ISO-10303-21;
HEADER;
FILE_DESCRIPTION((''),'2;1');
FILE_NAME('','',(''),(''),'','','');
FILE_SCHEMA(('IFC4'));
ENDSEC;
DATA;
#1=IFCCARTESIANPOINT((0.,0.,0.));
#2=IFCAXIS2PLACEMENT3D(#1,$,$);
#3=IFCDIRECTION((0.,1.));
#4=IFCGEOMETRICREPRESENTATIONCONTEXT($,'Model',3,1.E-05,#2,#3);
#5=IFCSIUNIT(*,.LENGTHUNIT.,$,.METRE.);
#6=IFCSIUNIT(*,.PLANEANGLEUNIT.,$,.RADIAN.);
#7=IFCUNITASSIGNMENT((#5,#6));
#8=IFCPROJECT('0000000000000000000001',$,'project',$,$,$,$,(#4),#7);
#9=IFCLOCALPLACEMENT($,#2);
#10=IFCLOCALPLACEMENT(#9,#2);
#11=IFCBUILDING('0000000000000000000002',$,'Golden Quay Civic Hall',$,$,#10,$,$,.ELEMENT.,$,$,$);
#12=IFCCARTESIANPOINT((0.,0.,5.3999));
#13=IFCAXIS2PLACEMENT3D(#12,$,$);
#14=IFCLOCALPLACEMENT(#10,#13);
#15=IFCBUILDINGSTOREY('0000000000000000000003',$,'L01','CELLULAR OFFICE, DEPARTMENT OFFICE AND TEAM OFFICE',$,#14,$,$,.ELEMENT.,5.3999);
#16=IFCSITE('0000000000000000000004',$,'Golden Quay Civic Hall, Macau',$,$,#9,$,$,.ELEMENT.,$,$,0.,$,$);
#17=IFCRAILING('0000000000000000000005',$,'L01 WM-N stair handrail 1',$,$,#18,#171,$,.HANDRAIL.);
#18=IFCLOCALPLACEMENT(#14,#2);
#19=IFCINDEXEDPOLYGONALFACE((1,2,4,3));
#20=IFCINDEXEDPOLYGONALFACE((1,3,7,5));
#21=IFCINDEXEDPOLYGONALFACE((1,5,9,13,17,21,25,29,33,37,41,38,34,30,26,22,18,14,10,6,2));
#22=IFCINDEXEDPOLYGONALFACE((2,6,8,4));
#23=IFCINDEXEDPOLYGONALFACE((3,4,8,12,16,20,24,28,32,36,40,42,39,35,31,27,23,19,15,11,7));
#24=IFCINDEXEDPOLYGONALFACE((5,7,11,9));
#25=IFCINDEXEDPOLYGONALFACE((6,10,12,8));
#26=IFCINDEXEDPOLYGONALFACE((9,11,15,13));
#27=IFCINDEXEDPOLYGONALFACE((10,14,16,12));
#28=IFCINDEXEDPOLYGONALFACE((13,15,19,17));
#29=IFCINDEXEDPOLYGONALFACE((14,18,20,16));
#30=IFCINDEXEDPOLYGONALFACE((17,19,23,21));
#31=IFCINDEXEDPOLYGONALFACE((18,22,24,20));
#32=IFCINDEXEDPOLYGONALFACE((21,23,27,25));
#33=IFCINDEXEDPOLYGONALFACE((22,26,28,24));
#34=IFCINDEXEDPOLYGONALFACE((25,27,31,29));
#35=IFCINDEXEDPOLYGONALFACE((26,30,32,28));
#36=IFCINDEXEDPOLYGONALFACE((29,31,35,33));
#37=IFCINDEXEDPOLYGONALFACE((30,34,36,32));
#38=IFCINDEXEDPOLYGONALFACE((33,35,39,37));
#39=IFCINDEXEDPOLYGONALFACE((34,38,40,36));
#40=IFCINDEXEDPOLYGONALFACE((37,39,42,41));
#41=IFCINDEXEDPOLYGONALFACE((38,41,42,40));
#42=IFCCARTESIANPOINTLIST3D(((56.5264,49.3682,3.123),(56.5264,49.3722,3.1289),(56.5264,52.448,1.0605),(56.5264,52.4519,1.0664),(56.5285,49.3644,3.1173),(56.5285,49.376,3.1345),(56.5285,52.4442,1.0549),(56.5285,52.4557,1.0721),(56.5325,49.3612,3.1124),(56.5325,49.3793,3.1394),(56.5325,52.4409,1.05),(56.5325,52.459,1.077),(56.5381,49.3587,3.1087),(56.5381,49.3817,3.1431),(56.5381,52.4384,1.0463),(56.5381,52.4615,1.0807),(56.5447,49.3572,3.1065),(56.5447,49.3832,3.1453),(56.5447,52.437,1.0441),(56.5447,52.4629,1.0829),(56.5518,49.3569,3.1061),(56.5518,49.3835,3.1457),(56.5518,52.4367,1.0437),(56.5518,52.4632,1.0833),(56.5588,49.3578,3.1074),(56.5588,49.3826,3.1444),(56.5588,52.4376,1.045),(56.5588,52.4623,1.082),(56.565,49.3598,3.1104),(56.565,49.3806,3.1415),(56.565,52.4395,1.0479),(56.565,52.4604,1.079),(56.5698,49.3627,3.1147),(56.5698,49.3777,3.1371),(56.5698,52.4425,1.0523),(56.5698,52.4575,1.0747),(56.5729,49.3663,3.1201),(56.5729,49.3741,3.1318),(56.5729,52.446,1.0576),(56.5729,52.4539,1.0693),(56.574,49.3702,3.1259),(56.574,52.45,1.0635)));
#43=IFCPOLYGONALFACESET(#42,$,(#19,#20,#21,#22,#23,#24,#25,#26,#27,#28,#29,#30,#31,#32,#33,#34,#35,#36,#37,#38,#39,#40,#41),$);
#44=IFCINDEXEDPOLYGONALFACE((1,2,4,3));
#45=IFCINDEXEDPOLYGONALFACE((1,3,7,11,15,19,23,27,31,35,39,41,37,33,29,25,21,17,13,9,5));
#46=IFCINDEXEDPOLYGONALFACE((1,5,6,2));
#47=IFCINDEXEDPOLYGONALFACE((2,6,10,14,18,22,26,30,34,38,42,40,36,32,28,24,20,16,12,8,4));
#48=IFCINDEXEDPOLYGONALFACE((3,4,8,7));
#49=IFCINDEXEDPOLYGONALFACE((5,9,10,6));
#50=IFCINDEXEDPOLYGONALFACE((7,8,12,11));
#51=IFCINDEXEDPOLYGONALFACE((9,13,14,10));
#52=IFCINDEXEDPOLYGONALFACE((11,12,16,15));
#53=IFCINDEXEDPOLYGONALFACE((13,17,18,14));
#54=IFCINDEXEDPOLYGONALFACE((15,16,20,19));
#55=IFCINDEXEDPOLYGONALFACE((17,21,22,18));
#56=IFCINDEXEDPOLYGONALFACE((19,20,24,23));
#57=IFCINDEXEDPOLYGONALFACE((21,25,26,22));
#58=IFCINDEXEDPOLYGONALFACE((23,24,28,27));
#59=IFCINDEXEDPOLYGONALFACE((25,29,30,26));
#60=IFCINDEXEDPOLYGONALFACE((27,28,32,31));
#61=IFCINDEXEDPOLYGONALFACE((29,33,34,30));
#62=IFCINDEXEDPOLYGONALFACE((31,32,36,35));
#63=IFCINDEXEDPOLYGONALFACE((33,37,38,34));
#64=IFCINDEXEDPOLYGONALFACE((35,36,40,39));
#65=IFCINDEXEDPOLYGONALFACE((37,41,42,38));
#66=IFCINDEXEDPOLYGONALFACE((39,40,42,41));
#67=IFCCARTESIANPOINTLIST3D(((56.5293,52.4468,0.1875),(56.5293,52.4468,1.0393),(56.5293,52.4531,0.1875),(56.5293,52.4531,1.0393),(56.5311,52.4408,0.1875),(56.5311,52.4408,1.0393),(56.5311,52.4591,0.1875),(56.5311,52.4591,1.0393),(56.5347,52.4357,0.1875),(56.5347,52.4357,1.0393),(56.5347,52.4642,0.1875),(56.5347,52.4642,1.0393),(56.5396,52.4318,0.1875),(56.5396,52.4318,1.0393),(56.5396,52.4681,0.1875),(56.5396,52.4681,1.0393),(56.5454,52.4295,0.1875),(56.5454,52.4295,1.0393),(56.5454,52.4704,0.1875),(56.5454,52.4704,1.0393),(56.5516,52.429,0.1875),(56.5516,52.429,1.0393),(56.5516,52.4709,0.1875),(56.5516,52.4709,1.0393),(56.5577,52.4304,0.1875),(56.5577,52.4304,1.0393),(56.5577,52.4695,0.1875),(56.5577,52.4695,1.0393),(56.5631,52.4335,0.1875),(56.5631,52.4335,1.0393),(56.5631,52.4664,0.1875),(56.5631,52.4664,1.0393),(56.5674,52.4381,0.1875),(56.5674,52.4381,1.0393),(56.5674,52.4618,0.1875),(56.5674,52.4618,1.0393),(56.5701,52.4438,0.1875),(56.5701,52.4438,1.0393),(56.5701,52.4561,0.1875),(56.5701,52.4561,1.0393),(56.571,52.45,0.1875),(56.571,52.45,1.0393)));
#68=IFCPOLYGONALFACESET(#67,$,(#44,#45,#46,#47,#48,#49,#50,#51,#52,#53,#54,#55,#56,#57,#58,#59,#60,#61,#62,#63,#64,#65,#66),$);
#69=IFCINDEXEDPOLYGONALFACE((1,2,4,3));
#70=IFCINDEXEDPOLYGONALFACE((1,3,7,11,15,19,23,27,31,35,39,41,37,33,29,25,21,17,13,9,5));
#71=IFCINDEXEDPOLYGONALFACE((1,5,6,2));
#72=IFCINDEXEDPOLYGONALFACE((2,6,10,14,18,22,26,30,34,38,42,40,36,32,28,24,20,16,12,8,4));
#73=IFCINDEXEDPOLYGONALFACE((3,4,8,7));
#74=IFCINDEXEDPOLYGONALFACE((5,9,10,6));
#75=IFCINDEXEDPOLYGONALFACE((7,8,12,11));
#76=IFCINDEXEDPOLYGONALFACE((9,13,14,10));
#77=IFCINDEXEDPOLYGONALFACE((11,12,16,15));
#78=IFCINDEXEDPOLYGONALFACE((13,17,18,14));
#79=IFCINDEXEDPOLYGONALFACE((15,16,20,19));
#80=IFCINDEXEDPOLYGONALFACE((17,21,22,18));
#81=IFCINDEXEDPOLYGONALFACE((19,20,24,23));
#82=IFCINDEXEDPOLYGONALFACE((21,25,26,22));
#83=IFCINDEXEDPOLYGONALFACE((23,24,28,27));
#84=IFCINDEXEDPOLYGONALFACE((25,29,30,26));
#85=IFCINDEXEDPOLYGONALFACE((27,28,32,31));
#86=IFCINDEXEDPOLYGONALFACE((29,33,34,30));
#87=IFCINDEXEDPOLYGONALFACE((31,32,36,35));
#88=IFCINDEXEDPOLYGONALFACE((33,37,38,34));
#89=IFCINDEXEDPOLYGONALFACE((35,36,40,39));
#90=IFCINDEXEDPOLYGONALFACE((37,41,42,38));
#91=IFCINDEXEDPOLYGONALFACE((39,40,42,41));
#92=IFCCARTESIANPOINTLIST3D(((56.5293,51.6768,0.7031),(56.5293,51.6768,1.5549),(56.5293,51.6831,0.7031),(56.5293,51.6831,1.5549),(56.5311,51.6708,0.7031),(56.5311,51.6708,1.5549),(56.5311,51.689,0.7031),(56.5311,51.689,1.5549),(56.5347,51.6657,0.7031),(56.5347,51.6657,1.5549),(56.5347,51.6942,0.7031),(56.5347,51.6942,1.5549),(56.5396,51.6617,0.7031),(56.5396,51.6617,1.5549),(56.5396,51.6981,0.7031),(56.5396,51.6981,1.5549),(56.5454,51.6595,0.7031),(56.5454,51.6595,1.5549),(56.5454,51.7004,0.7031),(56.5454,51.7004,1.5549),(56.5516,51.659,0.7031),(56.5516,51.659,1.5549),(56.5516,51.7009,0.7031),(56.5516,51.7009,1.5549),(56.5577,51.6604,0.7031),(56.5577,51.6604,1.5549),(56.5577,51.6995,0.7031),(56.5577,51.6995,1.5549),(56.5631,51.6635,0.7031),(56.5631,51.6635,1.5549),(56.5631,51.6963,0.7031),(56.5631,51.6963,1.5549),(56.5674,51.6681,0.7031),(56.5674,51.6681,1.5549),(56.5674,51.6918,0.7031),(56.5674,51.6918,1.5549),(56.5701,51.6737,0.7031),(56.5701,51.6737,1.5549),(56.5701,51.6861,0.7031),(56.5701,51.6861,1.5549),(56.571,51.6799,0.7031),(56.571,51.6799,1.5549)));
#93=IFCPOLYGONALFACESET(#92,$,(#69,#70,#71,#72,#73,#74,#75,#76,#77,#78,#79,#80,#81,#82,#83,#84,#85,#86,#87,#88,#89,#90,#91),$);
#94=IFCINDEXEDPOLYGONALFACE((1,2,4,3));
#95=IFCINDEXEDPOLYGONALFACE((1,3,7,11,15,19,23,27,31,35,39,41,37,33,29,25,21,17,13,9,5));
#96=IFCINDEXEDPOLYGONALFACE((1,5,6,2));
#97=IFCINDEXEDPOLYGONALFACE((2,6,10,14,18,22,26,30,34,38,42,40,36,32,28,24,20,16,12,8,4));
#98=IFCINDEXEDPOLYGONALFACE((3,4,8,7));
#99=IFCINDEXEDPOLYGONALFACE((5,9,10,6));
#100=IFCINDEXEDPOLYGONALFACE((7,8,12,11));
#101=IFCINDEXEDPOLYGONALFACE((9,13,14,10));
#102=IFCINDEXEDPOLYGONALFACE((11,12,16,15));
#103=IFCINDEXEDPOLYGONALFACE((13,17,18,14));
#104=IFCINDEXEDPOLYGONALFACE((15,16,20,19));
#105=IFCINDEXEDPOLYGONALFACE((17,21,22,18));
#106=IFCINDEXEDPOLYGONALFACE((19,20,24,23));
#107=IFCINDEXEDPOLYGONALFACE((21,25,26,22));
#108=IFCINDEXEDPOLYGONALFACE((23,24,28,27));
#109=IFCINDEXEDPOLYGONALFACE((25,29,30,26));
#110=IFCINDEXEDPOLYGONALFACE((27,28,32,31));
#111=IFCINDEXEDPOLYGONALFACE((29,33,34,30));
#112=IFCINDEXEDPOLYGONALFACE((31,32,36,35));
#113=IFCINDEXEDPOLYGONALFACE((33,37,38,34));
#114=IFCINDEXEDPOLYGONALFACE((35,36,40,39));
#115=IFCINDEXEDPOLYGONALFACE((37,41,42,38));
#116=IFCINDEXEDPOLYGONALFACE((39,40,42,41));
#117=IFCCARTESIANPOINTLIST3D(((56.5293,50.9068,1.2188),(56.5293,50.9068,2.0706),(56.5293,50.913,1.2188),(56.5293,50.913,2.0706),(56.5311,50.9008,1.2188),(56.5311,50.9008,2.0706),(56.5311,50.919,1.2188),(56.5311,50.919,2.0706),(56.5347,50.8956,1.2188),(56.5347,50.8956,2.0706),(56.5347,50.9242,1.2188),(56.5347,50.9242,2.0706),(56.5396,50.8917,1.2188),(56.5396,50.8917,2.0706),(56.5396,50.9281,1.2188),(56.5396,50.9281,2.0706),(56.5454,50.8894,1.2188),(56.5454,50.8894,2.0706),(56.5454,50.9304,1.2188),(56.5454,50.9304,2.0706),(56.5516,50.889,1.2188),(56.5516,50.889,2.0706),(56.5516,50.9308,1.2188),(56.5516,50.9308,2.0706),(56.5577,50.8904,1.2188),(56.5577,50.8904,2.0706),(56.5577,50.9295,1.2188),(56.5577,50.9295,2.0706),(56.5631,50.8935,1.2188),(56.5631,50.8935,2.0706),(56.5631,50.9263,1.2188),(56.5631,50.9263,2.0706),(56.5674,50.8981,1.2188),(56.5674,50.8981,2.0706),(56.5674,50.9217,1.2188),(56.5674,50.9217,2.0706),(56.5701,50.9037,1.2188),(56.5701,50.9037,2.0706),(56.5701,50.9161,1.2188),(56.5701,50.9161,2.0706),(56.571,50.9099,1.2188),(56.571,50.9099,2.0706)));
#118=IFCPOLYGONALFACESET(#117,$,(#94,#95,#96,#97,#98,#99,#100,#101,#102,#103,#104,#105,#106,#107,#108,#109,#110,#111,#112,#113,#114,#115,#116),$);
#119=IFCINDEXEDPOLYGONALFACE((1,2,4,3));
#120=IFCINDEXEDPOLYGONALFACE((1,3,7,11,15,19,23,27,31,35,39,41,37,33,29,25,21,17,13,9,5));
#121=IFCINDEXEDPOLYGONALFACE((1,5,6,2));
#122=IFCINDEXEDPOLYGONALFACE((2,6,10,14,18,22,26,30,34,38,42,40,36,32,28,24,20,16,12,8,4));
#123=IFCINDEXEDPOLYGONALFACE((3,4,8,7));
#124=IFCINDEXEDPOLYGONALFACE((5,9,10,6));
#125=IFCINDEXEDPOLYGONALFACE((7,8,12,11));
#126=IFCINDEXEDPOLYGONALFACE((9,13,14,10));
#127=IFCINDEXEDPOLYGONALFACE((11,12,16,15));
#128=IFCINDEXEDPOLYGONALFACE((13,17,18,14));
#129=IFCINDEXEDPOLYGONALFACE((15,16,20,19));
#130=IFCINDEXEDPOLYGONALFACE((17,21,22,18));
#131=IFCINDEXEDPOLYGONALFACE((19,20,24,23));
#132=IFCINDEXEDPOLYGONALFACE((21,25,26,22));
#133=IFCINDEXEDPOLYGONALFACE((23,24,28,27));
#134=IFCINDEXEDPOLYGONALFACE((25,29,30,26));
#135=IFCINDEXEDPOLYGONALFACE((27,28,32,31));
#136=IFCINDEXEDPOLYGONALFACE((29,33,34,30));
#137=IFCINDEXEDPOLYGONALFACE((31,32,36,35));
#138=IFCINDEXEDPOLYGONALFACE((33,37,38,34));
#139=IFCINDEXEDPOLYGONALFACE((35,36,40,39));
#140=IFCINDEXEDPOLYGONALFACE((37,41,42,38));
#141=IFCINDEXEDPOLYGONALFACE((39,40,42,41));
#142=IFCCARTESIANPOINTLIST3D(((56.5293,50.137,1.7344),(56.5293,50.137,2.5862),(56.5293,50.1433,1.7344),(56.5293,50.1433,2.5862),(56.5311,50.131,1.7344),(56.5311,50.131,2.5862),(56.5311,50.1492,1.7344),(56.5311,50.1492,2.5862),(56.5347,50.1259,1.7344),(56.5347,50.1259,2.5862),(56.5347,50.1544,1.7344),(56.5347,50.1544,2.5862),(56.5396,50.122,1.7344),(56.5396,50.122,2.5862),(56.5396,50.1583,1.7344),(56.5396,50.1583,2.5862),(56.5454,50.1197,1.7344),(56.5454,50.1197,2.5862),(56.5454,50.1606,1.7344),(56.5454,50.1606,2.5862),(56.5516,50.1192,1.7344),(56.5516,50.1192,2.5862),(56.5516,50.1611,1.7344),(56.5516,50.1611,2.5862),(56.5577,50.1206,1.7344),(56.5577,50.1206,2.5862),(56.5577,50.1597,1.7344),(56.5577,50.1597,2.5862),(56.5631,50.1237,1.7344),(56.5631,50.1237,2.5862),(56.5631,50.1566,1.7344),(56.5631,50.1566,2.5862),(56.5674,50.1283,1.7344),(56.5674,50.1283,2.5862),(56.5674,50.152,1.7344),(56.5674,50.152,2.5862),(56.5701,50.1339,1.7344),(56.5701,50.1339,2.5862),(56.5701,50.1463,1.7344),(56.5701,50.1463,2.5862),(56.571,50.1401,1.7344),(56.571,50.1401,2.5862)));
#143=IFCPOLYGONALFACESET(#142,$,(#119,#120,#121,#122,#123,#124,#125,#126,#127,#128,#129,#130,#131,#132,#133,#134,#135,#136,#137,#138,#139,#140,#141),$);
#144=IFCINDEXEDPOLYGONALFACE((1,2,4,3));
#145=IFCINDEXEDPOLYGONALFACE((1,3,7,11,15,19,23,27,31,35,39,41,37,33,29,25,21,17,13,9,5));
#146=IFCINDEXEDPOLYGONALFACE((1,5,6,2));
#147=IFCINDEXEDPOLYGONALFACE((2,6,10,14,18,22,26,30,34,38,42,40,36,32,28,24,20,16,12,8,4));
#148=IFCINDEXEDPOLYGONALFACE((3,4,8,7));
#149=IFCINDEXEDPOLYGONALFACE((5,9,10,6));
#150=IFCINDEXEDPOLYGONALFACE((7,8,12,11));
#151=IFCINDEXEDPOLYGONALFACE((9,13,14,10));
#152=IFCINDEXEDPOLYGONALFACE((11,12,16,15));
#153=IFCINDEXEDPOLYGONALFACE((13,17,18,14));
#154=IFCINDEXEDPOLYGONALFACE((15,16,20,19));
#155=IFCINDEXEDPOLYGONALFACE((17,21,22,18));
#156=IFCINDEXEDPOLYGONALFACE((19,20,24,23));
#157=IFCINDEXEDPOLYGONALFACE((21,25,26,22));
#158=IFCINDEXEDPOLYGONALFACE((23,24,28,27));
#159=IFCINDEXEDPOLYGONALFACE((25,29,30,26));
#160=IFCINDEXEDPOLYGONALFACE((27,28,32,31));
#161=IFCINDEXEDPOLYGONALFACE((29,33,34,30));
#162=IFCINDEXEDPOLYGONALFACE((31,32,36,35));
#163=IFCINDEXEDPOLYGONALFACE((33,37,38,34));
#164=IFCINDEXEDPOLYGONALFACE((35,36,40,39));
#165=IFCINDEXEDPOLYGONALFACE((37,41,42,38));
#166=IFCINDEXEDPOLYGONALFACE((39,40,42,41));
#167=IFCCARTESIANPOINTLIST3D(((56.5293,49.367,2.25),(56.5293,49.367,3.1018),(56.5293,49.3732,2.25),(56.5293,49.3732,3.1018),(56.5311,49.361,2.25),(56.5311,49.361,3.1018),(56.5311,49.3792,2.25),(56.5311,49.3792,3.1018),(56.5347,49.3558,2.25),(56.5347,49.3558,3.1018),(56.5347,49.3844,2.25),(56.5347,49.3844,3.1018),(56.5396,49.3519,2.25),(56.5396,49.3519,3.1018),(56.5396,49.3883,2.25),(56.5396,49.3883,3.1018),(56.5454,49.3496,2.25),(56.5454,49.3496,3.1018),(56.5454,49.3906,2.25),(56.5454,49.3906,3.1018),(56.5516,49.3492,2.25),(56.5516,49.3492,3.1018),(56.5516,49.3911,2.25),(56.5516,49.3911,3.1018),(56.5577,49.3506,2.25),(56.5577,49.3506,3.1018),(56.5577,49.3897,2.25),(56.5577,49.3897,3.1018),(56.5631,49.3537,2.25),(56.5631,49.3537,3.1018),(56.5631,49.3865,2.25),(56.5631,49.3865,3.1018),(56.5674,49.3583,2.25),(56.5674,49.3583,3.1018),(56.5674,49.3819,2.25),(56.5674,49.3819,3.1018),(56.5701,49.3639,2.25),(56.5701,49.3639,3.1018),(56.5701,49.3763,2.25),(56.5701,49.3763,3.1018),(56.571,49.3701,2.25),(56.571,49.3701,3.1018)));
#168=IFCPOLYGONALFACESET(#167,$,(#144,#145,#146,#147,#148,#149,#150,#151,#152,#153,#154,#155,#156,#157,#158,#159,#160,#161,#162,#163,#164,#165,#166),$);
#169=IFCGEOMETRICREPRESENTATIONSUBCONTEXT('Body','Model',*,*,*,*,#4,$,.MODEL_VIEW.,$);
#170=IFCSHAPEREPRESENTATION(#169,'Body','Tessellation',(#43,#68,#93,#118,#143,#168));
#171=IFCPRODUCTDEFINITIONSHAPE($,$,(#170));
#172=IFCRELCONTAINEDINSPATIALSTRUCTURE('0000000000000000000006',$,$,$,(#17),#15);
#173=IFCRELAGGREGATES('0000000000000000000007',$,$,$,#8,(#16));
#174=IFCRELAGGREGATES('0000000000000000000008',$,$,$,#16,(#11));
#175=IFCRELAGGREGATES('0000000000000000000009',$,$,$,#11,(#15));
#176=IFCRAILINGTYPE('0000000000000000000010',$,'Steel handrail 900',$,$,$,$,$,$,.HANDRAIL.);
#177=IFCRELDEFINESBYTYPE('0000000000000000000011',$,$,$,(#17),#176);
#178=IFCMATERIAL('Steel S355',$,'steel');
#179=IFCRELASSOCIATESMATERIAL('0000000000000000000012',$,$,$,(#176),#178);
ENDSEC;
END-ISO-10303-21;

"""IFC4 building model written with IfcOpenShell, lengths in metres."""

from ifc_helpers import new_model, si_unit, direction, frame, origin, origin_2d, place, context, subcontext, project, spatial, circle, extrude, material, type_object, element, save


model = new_model("IFC4")

# Units and contexts
model_context = context("Model", 3, precision=1e-05, world=origin(), true_north=direction((0.0, 1.0)))
body_context = subcontext(model_context, "Body", "Model", "MODEL_VIEW")
ifc_project = project(units=[si_unit("LENGTHUNIT", "METRE"), si_unit("PLANEANGLEUNIT", "RADIAN")], contexts=[model_context])

# Site, building, storey
site_placement = place(None, origin())
site = spatial("IfcSite", under=ifc_project, at=site_placement, Name="Golden Quay Civic Hall, Macau", CompositionType="ELEMENT", RefElevation=0.0)
building_placement = place(site_placement, origin())
building = spatial("IfcBuilding", under=site, at=building_placement, Name="Golden Quay Civic Hall", CompositionType="ELEMENT")
storey_placement = place(building_placement, frame((0.0, 0.0, 5.3999)))
storey = spatial("IfcBuildingStorey", under=building, at=storey_placement, Name="L01", Description="CELLULAR OFFICE, DEPARTMENT OFFICE AND TEAM OFFICE", CompositionType="ELEMENT", Elevation=5.3999)

# Railing
ifc_material_1 = material(Name="Steel S355", Category="steel")
railing_type_1 = type_object("IfcRailingType", Name="Steel handrail 900", PredefinedType="HANDRAIL", material=ifc_material_1)
railing_1_placement = place(storey_placement, frame((56.55, 52.45, 0.1875)))
element("IfcRailing", 1, at=railing_1_placement, inside=storey, type_object=railing_type_1, Name="L01 WM-N stair handrail 1", PredefinedType="HANDRAIL", context=body_context, shape_type="SweptSolid", body=[
    extrude(circle(Radius=0.0239, at=origin_2d()), frame((0.0, 0.0, 0.876), z_axis=(0.0, -0.830893, 0.556432), x_axis=(1.0, 0.0, 0.0)), (0.0, 0.0, 1.0), 3.7065),
    extrude(circle(Radius=0.021, at=origin_2d()), origin(), (0.0, 0.0, 1.0), 0.8518),
    extrude(circle(Radius=0.021, at=origin_2d()), frame((0.0, -0.77, 0.5156)), (0.0, 0.0, 1.0), 0.8518),
    extrude(circle(Radius=0.021, at=origin_2d()), frame((0.0, -1.54, 1.0312)), (0.0, 0.0, 1.0), 0.8518),
    extrude(circle(Radius=0.021, at=origin_2d()), frame((0.0, -2.3098, 1.5469)), (0.0, 0.0, 1.0), 0.8518),
    extrude(circle(Radius=0.021, at=origin_2d()), frame((0.0, -3.0798, 2.0625)), (0.0, 0.0, 1.0), 0.8518),
])

save(model, "model.ifc")
